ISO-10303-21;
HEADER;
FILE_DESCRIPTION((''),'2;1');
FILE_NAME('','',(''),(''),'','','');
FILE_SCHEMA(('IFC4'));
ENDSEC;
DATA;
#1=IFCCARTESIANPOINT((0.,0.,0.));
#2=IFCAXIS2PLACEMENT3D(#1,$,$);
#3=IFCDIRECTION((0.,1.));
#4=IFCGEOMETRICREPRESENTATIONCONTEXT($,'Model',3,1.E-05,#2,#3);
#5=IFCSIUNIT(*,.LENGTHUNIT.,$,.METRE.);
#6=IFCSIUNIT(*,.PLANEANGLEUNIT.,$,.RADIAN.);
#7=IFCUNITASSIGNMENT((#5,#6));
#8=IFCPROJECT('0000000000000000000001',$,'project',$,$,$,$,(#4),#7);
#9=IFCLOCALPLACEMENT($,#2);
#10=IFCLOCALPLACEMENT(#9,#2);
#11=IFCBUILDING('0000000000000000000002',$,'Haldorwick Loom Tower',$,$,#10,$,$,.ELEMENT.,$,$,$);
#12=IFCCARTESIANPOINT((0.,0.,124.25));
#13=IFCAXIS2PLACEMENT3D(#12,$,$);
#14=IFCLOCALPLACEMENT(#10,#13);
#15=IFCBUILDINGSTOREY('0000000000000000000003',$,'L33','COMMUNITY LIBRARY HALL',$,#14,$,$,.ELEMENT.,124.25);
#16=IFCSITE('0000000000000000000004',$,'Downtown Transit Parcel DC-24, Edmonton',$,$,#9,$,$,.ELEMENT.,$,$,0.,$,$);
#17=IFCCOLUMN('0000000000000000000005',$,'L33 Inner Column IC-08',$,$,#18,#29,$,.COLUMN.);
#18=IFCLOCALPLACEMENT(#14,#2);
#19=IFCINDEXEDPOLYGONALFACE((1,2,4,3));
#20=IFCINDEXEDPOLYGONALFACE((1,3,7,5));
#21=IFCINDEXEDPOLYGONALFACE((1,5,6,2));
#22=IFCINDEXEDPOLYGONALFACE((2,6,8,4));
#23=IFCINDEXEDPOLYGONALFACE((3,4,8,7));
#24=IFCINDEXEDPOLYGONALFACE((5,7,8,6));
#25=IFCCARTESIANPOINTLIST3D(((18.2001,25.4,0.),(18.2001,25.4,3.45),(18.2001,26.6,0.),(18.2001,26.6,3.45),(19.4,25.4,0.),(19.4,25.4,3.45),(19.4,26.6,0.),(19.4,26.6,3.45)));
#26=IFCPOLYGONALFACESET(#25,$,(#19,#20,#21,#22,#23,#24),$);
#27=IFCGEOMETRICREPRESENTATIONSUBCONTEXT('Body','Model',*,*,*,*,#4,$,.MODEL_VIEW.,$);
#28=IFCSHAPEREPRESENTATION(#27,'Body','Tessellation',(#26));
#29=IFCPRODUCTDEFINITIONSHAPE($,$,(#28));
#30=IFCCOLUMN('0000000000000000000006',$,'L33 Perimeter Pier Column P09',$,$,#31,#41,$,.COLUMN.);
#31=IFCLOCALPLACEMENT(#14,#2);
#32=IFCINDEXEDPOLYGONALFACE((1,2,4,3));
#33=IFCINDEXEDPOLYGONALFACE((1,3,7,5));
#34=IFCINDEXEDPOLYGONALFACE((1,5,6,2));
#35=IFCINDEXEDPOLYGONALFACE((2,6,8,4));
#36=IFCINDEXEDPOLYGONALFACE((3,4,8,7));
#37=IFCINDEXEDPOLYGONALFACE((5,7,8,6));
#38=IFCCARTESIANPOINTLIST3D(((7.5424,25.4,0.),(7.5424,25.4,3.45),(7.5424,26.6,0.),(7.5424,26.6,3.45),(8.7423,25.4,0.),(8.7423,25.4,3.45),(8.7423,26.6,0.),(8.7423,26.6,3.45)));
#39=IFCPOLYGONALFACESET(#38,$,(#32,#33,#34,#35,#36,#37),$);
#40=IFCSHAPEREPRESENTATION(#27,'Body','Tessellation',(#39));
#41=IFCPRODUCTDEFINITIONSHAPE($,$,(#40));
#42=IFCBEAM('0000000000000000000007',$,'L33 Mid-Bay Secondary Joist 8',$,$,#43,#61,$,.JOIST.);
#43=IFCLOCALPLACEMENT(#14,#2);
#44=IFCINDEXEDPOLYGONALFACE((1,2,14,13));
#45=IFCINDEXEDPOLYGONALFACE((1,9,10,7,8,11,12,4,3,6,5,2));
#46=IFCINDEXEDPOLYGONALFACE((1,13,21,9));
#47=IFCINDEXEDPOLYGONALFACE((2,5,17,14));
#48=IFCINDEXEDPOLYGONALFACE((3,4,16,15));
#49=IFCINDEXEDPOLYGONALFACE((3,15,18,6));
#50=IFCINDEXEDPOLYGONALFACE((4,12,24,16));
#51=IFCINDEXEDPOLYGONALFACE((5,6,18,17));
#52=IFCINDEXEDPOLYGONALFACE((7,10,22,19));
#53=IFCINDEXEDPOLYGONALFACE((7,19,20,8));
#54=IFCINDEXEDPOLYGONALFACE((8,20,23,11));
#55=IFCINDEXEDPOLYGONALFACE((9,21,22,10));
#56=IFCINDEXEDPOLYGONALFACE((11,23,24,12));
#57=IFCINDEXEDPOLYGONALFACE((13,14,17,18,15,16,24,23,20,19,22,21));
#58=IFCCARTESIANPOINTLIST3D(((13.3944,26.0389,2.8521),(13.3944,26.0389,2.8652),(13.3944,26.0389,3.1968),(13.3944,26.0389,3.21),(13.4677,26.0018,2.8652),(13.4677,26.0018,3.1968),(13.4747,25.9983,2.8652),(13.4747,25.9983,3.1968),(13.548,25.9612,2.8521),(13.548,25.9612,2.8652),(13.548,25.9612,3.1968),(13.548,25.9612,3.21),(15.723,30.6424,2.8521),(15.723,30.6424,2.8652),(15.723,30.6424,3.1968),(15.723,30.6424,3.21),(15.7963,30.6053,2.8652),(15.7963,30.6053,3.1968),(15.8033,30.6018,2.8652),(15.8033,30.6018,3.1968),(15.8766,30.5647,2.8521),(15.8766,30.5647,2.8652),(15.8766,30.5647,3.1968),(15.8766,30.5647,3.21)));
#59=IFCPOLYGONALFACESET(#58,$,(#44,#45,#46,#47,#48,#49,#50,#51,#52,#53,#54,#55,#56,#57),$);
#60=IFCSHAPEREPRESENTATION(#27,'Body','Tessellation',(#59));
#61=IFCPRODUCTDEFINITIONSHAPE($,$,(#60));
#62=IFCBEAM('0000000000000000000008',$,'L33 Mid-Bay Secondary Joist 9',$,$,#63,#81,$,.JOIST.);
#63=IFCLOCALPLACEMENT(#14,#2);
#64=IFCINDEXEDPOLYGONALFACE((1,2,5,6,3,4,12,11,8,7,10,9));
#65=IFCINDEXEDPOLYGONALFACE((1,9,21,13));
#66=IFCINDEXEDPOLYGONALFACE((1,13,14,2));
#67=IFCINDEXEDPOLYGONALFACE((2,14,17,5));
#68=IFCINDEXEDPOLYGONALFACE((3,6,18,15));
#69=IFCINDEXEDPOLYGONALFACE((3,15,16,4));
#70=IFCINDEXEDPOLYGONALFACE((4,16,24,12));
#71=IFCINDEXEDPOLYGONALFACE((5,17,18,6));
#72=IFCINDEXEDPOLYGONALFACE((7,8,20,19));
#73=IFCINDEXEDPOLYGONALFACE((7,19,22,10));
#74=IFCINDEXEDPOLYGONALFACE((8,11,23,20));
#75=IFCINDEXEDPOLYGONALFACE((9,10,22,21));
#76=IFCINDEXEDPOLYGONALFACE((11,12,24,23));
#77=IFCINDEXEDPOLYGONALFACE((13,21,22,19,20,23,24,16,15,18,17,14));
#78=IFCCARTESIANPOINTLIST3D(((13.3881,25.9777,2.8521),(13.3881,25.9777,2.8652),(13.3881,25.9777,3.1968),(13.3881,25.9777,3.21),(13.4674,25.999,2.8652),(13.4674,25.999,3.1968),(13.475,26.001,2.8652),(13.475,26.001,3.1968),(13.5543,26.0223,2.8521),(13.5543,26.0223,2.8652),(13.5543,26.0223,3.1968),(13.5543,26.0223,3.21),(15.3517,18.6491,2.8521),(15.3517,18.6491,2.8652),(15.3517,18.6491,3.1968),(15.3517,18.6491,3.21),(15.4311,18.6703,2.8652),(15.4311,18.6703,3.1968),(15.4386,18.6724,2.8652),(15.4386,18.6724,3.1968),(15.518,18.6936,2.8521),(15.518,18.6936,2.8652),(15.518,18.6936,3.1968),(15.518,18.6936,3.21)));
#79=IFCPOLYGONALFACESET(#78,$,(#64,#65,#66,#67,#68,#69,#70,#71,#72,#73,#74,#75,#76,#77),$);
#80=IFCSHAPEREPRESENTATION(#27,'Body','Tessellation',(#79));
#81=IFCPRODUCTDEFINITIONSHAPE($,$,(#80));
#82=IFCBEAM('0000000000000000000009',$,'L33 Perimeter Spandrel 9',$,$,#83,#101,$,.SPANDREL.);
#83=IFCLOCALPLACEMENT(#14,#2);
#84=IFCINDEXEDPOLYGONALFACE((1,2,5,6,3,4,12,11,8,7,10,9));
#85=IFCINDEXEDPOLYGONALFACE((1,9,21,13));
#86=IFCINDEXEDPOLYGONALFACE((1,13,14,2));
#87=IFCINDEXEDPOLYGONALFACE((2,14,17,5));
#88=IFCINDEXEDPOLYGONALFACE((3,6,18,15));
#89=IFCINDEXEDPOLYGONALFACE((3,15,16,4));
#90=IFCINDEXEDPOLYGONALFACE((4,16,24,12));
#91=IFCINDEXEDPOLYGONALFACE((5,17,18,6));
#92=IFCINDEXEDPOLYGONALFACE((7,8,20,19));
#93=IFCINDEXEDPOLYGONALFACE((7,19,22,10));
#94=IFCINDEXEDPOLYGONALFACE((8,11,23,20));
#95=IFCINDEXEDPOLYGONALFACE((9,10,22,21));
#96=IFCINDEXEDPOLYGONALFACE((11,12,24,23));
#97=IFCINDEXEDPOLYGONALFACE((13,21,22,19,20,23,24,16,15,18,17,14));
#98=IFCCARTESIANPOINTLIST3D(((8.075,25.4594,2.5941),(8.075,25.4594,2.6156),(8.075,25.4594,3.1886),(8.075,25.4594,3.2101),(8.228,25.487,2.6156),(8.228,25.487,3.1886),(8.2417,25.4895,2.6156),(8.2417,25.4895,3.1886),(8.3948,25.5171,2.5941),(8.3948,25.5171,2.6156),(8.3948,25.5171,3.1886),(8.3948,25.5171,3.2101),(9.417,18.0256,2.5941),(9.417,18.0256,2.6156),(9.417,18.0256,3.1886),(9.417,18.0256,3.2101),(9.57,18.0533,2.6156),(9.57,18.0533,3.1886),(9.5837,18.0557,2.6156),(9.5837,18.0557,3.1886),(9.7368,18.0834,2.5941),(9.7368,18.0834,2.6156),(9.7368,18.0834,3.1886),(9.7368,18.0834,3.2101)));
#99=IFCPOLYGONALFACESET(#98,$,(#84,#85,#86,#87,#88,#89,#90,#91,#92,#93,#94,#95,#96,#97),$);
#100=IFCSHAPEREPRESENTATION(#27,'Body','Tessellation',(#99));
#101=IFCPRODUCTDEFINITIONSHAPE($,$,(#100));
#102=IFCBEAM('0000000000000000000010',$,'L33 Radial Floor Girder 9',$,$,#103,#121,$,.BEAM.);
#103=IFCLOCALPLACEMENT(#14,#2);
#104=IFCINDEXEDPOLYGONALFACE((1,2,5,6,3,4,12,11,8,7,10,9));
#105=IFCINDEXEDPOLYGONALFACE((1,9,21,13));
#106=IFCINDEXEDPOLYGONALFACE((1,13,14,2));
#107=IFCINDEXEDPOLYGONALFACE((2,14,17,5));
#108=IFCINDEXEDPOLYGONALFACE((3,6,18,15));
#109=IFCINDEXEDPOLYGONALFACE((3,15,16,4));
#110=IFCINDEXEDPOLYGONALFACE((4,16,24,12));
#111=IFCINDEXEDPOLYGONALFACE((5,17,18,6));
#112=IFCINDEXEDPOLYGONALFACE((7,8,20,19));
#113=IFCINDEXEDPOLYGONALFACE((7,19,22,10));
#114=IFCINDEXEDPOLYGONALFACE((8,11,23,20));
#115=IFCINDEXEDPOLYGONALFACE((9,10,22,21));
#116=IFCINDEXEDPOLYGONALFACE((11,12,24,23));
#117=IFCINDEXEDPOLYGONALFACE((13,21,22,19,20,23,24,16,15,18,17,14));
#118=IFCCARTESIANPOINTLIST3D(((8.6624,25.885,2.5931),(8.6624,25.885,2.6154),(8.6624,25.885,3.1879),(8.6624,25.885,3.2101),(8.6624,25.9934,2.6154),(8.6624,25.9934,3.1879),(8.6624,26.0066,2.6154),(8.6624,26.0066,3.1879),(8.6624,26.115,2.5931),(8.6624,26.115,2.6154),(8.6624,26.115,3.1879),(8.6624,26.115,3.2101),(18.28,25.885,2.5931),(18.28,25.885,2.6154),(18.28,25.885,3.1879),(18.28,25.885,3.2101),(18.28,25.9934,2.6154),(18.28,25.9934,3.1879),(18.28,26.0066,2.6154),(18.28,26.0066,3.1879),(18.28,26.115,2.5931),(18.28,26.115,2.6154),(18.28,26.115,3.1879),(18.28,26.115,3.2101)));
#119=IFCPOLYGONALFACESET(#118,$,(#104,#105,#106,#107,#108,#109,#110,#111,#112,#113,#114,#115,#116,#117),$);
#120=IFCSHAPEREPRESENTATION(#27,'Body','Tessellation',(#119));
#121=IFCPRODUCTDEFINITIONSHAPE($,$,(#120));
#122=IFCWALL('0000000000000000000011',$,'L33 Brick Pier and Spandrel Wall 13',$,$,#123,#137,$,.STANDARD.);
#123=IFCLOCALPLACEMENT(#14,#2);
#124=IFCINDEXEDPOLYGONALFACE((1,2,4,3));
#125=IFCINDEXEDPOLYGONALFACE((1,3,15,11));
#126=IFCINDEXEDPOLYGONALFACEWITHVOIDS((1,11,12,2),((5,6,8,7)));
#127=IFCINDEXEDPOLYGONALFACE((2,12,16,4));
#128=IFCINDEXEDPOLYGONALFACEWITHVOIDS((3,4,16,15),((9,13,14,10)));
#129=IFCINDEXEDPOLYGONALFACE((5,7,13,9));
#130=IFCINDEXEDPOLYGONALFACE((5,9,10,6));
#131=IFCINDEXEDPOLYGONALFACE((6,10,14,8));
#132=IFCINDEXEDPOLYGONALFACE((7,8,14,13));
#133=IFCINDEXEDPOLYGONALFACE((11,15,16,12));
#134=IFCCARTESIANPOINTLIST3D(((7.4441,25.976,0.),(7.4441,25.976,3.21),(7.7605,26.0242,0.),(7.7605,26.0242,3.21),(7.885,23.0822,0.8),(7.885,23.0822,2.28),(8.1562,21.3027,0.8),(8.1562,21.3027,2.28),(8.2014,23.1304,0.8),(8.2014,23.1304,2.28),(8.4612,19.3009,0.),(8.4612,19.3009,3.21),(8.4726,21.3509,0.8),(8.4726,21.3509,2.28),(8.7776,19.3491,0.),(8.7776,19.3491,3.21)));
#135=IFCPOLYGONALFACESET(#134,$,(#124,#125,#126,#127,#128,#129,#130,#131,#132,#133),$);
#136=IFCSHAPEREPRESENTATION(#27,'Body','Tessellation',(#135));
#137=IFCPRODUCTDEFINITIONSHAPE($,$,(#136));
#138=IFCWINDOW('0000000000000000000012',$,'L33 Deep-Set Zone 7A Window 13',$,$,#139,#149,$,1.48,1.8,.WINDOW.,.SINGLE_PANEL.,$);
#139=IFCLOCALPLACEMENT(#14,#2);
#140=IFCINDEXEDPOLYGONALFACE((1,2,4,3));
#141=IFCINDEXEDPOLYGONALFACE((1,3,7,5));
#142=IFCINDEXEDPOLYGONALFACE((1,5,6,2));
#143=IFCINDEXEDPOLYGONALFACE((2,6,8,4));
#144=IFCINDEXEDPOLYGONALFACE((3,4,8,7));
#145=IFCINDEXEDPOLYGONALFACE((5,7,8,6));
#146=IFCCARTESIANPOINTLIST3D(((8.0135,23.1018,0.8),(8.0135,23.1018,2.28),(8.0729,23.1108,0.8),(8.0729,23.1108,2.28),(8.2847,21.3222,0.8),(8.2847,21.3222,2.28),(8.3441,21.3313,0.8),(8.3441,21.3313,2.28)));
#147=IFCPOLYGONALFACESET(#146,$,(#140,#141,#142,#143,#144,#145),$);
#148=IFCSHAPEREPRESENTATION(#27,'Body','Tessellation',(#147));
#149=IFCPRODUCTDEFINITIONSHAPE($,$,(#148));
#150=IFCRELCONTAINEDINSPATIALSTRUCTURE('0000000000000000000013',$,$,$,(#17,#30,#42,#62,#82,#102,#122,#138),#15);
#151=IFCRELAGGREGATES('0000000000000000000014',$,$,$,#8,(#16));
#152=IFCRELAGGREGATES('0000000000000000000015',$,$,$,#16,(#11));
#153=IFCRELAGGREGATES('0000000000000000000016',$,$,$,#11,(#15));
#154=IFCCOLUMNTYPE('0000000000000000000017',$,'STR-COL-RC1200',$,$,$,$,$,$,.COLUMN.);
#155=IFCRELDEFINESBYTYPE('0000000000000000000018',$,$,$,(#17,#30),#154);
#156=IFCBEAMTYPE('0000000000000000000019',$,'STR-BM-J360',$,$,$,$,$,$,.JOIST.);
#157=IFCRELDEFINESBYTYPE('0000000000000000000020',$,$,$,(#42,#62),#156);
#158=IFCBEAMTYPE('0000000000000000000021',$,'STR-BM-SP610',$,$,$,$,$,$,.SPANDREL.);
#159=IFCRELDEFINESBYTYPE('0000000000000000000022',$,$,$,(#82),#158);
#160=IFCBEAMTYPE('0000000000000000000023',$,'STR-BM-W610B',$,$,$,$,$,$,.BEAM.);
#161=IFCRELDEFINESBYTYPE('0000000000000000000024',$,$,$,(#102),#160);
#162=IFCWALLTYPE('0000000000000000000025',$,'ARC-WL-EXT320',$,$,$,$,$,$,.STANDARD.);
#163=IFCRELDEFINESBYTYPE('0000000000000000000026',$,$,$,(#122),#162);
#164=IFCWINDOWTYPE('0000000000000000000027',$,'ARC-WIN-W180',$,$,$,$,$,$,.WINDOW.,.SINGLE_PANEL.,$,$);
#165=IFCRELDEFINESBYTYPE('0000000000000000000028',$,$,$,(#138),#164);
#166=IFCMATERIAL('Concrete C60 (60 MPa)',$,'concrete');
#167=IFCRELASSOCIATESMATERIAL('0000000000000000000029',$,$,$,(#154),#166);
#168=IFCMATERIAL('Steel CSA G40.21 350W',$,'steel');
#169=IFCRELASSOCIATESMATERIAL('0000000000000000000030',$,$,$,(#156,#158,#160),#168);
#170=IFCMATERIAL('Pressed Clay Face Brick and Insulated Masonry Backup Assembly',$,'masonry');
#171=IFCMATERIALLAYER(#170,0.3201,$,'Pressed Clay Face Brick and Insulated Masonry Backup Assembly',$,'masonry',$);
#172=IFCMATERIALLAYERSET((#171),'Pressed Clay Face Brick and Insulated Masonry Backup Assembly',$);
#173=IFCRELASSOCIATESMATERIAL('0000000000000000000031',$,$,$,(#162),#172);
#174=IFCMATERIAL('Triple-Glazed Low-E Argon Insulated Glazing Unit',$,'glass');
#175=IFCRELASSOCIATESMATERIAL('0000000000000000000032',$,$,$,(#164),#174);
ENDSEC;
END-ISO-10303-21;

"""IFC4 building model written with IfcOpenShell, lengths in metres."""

from ifc_helpers import new_model, si_unit, direction, frame, frame_2d, origin, origin_2d, place, context, subcontext, project, spatial, rectangle, i_section, extrude, material, layer, layer_set, material_profile, profile_set, type_object, element, fill, save


model = new_model("IFC4")

# Units and contexts
model_context = context("Model", 3, precision=1e-05, world=origin(), true_north=direction((0.0, 1.0)))
body_context = subcontext(model_context, "Body", "Model", "MODEL_VIEW")
ifc_project = project(units=[si_unit("LENGTHUNIT", "METRE"), si_unit("PLANEANGLEUNIT", "RADIAN")], contexts=[model_context])

# Site, building, storey
site_placement = place(None, origin())
site = spatial("IfcSite", under=ifc_project, at=site_placement, Name="Downtown Transit Parcel DC-24, Edmonton", CompositionType="ELEMENT", RefElevation=0.0)
building_placement = place(site_placement, origin())
building = spatial("IfcBuilding", under=site, at=building_placement, Name="Haldorwick Loom Tower", CompositionType="ELEMENT")
storey_placement = place(building_placement, frame((0.0, 0.0, 124.25)))
storey = spatial("IfcBuildingStorey", under=building, at=storey_placement, Name="L33", Description="COMMUNITY LIBRARY HALL", CompositionType="ELEMENT", Elevation=124.25)

# Columns
ifc_material_1 = material(Name="Concrete C60 (60 MPa)", Category="concrete")
ifc_material_profile_1 = material_profile(ifc_material_1, rectangle(XDim=1.2, YDim=1.2, at=origin_2d()), Name="RC1200X1200", Category="concrete")
ifc_profile_set_1 = profile_set([ifc_material_profile_1], Name="Concrete C60 (60 MPa)")
column_type = type_object("IfcColumnType", Name="STR-COL-RC1200", PredefinedType="COLUMN", material=ifc_profile_set_1)
for number, where, z_axis, x_axis, name in (
    (1, (18.8, 26.0, 0.0), (0.0, 0.0, 1.0), (1.0, 0.0, 0.0), "L33 Inner Column IC-08"),
    (2, (8.1423, 26.0, 0.0), (0.0, 0.0, 1.0), (-1.0, 0.0, 0.0), "L33 Perimeter Pier Column P09"),
):
    element("IfcColumn", number, at=place(storey_placement, frame(where, z_axis=z_axis, x_axis=x_axis)), inside=storey, type_object=column_type, Name=name, PredefinedType="COLUMN", context=body_context, shape_type="SweptSolid", body=[
        extrude(rectangle(XDim=1.2, YDim=1.2, at=origin_2d()), origin(), (0.0, 0.0, 1.0), 3.45),
    ])

# Beams
ifc_material_2 = material(Name="Steel CSA G40.21 350W", Category="steel")
ifc_material_profile_2 = material_profile(ifc_material_2, i_section(OverallWidth=0.1721, OverallDepth=0.3579, WebThickness=0.0078, FlangeThickness=0.0132, at=origin_2d()), Name="W360X57", Category="steel")
ifc_profile_set_2 = profile_set([ifc_material_profile_2], Name="Steel CSA G40.21 350W")
beam_type_1 = type_object("IfcBeamType", Name="STR-BM-J360", PredefinedType="JOIST", material=ifc_profile_set_2)
beam_1_placement = place(storey_placement, frame((15.7998, 30.6035, 3.031), z_axis=(-0.451373, -0.892335, 0.0), x_axis=(0.892335, -0.451373, 0.0)))
element("IfcBeam", 3, at=beam_1_placement, inside=storey, type_object=beam_type_1, Name="L33 Mid-Bay Secondary Joist 8", PredefinedType="JOIST", context=body_context, shape_type="SweptSolid", body=[
    extrude(i_section(OverallWidth=0.1721, OverallDepth=0.3579, WebThickness=0.0078, FlangeThickness=0.0132, at=origin_2d()), origin(), (0.0, 0.0, 1.0), 5.1589),
])
beam_2_placement = place(storey_placement, frame((13.4712, 26.0, 3.031), z_axis=(0.25881, -0.965928, 0.0), x_axis=(0.965928, 0.25881, 0.0)))
element("IfcBeam", 4, at=beam_2_placement, inside=storey, type_object=beam_type_1, Name="L33 Mid-Bay Secondary Joist 9", PredefinedType="JOIST", context=body_context, shape_type="SweptSolid", body=[
    extrude(i_section(OverallWidth=0.1721, OverallDepth=0.3579, WebThickness=0.0078, FlangeThickness=0.0132, at=origin_2d()), origin(), (0.0, 0.0, 1.0), 7.5872),
])
ifc_material_profile_3 = material_profile(ifc_material_2, i_section(OverallWidth=0.325, OverallDepth=0.616, WebThickness=0.0139, FlangeThickness=0.0215, at=origin_2d()), Name="W610X174", Category="steel")
ifc_profile_set_3 = profile_set([ifc_material_profile_3], Name="Steel CSA G40.21 350W")
beam_type_2 = type_object("IfcBeamType", Name="STR-BM-SP610", PredefinedType="SPANDREL", material=ifc_profile_set_3)
beam_3_placement = place(storey_placement, frame((8.2349, 25.4883, 2.9021), z_axis=(0.177659, -0.984092, 0.0), x_axis=(0.984092, 0.177659, 0.0)))
element("IfcBeam", 5, at=beam_3_placement, inside=storey, type_object=beam_type_2, Name="L33 Perimeter Spandrel 9", PredefinedType="SPANDREL", context=body_context, shape_type="SweptSolid", body=[
    extrude(i_section(OverallWidth=0.325, OverallDepth=0.616, WebThickness=0.0139, FlangeThickness=0.0215, at=origin_2d()), origin(), (0.0, 0.0, 1.0), 7.554),
])
ifc_material_profile_4 = material_profile(ifc_material_2, i_section(OverallWidth=0.23, OverallDepth=0.6169, WebThickness=0.0132, FlangeThickness=0.0222, at=origin_2d()), Name="W610X140", Category="steel")
ifc_profile_set_4 = profile_set([ifc_material_profile_4], Name="Steel CSA G40.21 350W")
beam_type_3 = type_object("IfcBeamType", Name="STR-BM-W610B", PredefinedType="BEAM", material=ifc_profile_set_4)
beam_4_placement = place(storey_placement, frame((18.28, 26.0, 2.9016), z_axis=(-1.0, 0.0, 0.0), x_axis=(0.0, -1.0, 0.0)))
element("IfcBeam", 6, at=beam_4_placement, inside=storey, type_object=beam_type_3, Name="L33 Radial Floor Girder 9", PredefinedType="BEAM", context=body_context, shape_type="SweptSolid", body=[
    extrude(i_section(OverallWidth=0.23, OverallDepth=0.6169, WebThickness=0.0132, FlangeThickness=0.0222, at=origin_2d()), origin(), (0.0, 0.0, 1.0), 9.6177),
])

# Wall, opening, window
ifc_material_3 = material(Name="Pressed Clay Face Brick and Insulated Masonry Backup Assembly", Category="masonry")
ifc_layer_1 = layer(ifc_material_3, 0.3201, Name="Pressed Clay Face Brick and Insulated Masonry Backup Assembly", Category="masonry")
ifc_layer_set_1 = layer_set([ifc_layer_1], Name="Pressed Clay Face Brick and Insulated Masonry Backup Assembly")
wall_type_1 = type_object("IfcWallType", Name="ARC-WL-EXT320", PredefinedType="STANDARD", material=ifc_layer_set_1)
wall_1_placement = place(storey_placement, frame((7.6023, 26.0, 0.0), z_axis=(0.0, 0.0, 1.0), x_axis=(0.150633, -0.98859, 0.0)))
wall_1 = element("IfcWall", 7, at=wall_1_placement, inside=storey, type_object=wall_type_1, Name="L33 Brick Pier and Spandrel Wall 13", PredefinedType="STANDARD", context=body_context, shape_type="SweptSolid", body=[
    extrude(rectangle(XDim=6.7522, YDim=0.3201, at=frame_2d((3.376, 0.0))), origin(), (0.0, 0.0, 1.0), 3.21),
])
opening_1_placement = place(wall_1_placement, frame((2.9272, 0.0, 0.8)))
opening_1 = element("IfcOpeningElement", 8, at=opening_1_placement, cuts=wall_1, PredefinedType="OPENING", context=body_context, shape_type="SweptSolid", body=[
    extrude(rectangle(XDim=1.8, YDim=1.48, at=frame_2d((0.8999, 0.74))), frame((0.0, 0.1699, 0.0), z_axis=(0.0, -1.0, 0.0), x_axis=(1.0, 0.0, 0.0)), (0.0, 0.0, 1.0), 0.3401),
])
ifc_material_4 = material(Name="Triple-Glazed Low-E Argon Insulated Glazing Unit", Category="glass")
window_type = type_object("IfcWindowType", Name="ARC-WIN-W180", PartitioningType="SINGLE_PANEL", PredefinedType="WINDOW", material=ifc_material_4)
window_placement = place(opening_1_placement, origin())
window = element("IfcWindow", 9, at=window_placement, inside=storey, type_object=window_type, Name="L33 Deep-Set Zone 7A Window 13", OverallHeight=1.48, OverallWidth=1.8, PartitioningType="SINGLE_PANEL", PredefinedType="WINDOW", context=body_context, shape_type="SweptSolid", body=[
    extrude(rectangle(XDim=1.8, YDim=1.48, at=frame_2d((0.8999, 0.74))), frame((0.0, 0.03, 0.0), z_axis=(0.0, -1.0, 0.0), x_axis=(1.0, 0.0, 0.0)), (0.0, 0.0, 1.0), 0.0601),
])
fill(opening_1, window)

save(model, "model.ifc")
